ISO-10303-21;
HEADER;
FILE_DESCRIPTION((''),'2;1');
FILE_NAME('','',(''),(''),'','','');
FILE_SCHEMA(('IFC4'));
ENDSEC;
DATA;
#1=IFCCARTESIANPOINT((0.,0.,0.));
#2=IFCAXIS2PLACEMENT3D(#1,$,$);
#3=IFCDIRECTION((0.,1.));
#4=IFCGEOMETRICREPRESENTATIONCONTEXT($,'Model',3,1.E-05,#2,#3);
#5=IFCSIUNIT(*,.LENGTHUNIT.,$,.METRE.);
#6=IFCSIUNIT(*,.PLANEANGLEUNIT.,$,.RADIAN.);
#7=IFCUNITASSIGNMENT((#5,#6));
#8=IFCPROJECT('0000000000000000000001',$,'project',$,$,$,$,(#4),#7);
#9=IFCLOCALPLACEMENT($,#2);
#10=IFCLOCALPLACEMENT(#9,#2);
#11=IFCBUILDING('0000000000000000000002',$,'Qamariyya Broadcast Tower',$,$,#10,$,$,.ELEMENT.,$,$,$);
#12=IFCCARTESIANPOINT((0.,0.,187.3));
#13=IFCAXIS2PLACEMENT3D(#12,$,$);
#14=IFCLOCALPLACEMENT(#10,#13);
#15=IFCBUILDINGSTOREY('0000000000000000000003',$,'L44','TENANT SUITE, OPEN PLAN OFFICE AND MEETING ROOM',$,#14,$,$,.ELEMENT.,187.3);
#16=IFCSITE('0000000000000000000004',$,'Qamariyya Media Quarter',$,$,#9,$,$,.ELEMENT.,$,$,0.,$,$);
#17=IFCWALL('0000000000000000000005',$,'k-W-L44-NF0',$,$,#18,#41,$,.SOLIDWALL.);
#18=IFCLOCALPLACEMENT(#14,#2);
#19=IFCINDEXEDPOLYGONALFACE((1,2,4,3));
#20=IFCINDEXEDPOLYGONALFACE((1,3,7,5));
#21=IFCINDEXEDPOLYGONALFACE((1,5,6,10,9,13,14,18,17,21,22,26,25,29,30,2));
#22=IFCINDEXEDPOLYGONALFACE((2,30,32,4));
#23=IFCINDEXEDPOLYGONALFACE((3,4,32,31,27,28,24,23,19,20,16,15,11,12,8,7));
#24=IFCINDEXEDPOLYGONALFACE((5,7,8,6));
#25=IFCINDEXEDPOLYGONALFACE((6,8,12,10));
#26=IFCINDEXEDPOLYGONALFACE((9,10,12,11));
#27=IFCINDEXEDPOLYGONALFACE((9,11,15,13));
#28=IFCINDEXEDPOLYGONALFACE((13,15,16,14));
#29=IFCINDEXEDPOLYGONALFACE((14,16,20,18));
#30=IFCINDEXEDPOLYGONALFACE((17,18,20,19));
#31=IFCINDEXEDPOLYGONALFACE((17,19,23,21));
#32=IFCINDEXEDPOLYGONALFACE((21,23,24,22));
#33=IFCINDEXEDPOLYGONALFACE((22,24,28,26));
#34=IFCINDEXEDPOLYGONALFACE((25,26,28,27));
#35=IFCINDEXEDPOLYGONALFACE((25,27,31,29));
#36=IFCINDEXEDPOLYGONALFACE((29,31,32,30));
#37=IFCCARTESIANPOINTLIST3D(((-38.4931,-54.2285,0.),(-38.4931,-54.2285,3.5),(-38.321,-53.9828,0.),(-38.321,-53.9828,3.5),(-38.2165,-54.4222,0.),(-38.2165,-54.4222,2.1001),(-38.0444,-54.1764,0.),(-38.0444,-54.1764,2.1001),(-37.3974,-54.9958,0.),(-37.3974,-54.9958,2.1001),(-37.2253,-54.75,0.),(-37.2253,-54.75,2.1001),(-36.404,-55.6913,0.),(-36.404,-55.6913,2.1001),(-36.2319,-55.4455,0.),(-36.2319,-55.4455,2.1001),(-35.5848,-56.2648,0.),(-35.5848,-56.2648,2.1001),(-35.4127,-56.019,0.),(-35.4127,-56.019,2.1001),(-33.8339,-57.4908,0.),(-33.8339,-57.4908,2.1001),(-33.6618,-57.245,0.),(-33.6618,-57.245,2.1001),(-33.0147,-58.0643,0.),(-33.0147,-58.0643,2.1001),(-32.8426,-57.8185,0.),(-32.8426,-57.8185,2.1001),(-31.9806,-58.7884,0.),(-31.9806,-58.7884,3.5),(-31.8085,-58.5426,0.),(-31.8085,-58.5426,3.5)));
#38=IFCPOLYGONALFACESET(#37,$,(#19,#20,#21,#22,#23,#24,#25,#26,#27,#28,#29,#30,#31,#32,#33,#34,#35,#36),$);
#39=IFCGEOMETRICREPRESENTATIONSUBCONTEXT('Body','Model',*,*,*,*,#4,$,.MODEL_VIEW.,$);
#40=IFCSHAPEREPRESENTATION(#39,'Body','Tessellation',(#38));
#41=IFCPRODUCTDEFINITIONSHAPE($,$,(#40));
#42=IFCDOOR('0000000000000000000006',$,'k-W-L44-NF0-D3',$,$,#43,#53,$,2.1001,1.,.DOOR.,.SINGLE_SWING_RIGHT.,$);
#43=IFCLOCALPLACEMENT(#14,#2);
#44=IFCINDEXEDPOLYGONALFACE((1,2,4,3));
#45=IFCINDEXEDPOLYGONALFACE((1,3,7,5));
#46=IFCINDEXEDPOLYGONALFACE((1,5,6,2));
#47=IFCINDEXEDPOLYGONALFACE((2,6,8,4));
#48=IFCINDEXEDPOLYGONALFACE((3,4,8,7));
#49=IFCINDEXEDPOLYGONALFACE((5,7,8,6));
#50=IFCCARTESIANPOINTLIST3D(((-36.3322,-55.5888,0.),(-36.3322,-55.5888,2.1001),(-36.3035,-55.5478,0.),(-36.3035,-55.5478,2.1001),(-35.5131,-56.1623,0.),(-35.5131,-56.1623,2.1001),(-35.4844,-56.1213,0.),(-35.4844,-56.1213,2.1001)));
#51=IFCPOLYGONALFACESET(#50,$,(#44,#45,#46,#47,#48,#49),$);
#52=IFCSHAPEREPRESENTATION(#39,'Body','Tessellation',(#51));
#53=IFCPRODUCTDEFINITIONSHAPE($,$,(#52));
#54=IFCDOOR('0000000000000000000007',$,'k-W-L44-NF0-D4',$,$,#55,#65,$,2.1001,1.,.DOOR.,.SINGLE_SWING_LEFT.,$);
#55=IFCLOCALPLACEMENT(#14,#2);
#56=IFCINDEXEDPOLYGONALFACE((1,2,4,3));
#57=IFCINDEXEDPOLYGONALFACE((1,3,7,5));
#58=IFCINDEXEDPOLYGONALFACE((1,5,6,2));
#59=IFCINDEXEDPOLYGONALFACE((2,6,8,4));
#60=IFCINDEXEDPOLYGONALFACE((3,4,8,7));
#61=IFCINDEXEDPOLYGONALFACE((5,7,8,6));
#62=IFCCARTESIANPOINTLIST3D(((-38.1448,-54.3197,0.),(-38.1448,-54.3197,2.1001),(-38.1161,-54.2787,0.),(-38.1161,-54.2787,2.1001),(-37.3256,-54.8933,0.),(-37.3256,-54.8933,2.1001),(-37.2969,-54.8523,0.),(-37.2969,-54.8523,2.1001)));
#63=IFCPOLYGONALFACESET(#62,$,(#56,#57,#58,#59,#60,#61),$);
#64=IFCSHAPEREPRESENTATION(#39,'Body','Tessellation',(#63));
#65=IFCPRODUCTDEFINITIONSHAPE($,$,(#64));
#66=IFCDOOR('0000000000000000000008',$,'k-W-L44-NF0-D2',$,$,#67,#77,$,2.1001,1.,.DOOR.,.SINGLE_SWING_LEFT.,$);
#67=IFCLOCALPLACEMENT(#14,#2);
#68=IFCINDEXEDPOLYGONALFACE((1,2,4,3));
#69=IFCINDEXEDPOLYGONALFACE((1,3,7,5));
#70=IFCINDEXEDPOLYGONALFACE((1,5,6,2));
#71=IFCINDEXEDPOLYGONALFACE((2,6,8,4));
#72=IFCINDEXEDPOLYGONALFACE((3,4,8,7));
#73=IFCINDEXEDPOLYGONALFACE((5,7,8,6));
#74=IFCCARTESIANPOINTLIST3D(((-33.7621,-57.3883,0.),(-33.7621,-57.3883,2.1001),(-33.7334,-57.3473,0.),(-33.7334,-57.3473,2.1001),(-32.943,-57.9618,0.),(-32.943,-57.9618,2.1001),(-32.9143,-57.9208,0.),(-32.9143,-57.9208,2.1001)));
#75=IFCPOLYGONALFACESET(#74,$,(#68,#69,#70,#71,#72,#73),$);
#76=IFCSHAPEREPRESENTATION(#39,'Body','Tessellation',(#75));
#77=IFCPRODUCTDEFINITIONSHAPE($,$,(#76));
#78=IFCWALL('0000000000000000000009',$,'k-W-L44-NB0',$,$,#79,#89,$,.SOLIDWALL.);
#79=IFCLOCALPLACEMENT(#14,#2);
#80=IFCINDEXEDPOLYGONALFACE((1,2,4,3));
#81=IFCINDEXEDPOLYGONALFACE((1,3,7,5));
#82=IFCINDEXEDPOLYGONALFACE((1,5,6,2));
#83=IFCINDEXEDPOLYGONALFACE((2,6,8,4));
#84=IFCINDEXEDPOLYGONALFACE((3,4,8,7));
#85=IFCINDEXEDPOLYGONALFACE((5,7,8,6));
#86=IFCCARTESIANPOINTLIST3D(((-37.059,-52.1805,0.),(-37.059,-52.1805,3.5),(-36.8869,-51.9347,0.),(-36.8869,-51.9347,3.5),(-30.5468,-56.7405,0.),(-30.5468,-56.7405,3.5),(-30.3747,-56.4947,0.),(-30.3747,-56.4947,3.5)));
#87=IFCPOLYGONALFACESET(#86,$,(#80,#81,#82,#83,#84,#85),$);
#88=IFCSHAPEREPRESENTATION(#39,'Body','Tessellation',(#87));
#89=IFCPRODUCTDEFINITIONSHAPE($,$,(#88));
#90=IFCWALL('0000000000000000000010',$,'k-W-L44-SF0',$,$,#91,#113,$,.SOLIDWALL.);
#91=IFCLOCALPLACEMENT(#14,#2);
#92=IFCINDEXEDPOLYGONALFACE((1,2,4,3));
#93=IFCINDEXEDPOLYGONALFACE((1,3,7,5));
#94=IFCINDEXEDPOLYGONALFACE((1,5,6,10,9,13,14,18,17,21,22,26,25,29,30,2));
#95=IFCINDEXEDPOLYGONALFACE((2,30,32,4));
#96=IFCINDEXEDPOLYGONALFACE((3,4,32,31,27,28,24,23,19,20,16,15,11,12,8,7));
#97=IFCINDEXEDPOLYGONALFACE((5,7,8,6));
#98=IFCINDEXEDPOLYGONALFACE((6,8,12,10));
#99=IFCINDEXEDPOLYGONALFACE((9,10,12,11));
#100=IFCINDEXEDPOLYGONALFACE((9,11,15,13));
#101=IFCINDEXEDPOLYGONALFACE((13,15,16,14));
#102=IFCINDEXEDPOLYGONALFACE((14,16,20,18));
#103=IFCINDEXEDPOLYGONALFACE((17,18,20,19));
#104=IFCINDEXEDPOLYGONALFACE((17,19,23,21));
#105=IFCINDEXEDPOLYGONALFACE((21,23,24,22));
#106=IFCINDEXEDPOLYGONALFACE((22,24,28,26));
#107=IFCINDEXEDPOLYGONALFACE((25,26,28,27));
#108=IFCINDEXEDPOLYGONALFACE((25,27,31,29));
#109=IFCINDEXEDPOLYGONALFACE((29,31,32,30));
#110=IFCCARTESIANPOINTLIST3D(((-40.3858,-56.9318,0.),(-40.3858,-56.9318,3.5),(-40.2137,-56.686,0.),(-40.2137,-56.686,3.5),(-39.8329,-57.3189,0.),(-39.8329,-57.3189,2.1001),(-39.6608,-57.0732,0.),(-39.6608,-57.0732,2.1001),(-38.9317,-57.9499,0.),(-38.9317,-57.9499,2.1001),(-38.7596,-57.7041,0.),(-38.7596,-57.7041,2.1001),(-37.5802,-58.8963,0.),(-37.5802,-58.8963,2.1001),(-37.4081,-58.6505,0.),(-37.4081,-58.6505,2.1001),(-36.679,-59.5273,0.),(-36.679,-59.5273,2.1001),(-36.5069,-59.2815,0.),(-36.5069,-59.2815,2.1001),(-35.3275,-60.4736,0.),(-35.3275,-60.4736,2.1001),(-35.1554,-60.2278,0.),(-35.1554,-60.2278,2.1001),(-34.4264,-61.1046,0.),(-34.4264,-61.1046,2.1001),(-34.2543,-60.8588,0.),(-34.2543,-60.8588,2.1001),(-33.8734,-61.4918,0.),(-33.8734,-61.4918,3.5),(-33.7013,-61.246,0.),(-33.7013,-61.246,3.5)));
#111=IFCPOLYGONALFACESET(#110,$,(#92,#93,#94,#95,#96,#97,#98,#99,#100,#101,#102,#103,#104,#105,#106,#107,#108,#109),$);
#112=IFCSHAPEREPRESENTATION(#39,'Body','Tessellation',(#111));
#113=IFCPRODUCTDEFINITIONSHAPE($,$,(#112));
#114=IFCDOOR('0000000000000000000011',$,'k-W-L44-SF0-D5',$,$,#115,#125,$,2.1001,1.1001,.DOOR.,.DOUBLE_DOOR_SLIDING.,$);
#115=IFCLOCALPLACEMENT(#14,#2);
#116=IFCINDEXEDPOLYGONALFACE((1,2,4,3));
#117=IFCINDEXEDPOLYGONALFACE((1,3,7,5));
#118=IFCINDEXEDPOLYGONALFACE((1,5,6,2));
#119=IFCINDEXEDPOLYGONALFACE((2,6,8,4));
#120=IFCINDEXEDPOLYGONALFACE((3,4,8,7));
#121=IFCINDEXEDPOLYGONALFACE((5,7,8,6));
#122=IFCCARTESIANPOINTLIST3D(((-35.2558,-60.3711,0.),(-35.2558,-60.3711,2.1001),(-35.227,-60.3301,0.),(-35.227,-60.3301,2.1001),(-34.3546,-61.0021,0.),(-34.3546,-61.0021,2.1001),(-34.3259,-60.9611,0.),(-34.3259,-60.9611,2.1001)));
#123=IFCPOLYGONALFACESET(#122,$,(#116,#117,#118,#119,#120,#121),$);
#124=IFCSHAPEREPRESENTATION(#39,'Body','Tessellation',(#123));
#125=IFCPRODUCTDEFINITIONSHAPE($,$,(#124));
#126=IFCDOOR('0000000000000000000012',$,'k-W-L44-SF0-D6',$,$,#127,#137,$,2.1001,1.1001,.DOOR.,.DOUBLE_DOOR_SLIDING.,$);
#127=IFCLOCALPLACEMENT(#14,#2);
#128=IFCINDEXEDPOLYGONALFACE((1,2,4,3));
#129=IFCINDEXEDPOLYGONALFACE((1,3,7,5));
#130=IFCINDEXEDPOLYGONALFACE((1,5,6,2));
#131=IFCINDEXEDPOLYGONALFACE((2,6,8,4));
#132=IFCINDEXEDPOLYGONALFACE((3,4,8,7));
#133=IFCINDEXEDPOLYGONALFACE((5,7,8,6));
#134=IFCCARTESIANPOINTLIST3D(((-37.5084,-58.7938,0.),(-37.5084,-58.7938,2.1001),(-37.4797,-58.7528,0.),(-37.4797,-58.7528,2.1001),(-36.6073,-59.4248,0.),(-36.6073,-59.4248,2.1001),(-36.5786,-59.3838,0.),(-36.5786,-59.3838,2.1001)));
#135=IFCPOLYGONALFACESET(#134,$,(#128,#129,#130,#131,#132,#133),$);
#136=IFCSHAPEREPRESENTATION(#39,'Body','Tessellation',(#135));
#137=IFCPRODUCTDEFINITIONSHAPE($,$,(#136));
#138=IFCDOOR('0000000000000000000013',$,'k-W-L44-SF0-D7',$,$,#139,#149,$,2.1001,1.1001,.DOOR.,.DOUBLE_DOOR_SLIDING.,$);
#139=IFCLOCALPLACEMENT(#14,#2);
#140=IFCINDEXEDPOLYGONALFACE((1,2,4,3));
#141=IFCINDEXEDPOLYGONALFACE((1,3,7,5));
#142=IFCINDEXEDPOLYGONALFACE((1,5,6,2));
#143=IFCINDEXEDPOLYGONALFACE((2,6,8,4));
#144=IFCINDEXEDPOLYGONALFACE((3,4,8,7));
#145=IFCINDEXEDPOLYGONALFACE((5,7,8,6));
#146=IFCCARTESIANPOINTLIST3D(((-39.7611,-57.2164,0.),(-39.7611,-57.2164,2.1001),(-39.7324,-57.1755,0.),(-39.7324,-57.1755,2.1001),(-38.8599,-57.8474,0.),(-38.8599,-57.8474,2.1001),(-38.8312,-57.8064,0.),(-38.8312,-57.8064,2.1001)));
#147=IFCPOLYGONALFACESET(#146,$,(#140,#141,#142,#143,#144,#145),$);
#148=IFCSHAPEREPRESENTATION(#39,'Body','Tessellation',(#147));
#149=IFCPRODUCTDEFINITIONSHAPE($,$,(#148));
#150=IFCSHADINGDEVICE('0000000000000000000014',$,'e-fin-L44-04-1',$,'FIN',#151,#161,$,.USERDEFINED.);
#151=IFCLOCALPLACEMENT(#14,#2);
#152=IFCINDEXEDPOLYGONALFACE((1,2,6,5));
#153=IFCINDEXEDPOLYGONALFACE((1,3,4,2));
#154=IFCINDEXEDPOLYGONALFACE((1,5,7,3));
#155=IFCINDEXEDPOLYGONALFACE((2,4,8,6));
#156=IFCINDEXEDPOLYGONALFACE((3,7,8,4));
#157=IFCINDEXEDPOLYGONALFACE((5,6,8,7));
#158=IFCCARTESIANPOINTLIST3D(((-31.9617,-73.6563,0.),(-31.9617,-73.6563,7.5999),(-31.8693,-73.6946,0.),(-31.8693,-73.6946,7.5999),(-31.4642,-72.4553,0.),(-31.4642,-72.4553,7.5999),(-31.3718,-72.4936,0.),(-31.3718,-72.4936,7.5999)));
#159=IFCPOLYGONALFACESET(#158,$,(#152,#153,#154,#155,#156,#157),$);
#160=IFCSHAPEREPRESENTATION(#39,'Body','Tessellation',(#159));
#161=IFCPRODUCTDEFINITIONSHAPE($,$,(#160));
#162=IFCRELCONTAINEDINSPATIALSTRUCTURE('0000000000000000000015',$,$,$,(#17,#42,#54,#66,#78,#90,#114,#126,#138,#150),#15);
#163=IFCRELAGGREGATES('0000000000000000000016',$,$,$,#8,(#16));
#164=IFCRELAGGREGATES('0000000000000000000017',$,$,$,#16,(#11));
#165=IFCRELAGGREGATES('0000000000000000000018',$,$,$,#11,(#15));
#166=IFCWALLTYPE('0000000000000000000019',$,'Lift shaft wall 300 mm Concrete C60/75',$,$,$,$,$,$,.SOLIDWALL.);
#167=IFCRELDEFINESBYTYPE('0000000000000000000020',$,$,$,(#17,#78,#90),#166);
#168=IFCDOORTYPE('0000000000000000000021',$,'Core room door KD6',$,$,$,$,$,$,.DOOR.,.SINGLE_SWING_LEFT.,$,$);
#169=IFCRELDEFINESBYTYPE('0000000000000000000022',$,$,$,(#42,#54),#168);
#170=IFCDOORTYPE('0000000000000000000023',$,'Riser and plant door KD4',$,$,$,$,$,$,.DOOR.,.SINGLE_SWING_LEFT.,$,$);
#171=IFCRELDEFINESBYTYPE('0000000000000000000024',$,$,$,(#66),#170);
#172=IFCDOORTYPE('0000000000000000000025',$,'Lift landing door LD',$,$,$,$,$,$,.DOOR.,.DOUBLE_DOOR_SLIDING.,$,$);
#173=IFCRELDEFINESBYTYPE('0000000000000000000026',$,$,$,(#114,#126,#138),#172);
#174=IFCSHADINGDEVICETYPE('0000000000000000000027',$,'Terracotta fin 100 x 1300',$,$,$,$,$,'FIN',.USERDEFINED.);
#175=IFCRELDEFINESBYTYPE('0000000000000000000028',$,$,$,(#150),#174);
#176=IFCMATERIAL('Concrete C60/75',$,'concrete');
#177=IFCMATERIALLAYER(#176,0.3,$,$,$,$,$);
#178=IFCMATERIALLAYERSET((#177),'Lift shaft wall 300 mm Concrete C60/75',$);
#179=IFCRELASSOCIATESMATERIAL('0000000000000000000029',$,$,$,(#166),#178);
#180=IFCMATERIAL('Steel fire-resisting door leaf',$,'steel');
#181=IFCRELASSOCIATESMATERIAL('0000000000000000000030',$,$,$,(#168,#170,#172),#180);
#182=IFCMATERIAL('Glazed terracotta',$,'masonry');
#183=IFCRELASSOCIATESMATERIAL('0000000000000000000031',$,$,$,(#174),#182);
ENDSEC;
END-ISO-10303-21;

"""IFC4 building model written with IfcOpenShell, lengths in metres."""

from ifc_helpers import new_model, si_unit, direction, frame, frame_2d, origin, origin_2d, place, context, subcontext, project, spatial, rectangle, extrude, material, layer, layer_set, material_profile, profile_set, type_object, element, fill, save


model = new_model("IFC4")

# Units and contexts
model_context = context("Model", 3, precision=1e-05, world=origin(), true_north=direction((0.0, 1.0)))
body_context = subcontext(model_context, "Body", "Model", "MODEL_VIEW")
ifc_project = project(units=[si_unit("LENGTHUNIT", "METRE"), si_unit("PLANEANGLEUNIT", "RADIAN")], contexts=[model_context])

# Site, building, storey
site_placement = place(None, origin())
site = spatial("IfcSite", under=ifc_project, at=site_placement, Name="Qamariyya Media Quarter", CompositionType="ELEMENT", RefElevation=0.0)
building_placement = place(site_placement, origin())
building = spatial("IfcBuilding", under=site, at=building_placement, Name="Qamariyya Broadcast Tower", CompositionType="ELEMENT")
storey_placement = place(building_placement, frame((0.0, 0.0, 187.3)))
storey = spatial("IfcBuildingStorey", under=building, at=storey_placement, Name="L44", Description="TENANT SUITE, OPEN PLAN OFFICE AND MEETING ROOM", CompositionType="ELEMENT", Elevation=187.3)

# Shared definitions
ifc_material_1 = material(Name="Concrete C60/75", Category="concrete")

# Wall, openings, doors
ifc_layer_1 = layer(ifc_material_1, 0.3)
ifc_layer_set_1 = layer_set([ifc_layer_1], Name="Lift shaft wall 300 mm Concrete C60/75")
wall_type_1 = type_object("IfcWallType", Name="Lift shaft wall 300 mm Concrete C60/75", PredefinedType="SOLIDWALL", material=ifc_layer_set_1)
wall_1_placement = place(storey_placement, frame((-31.8945, -58.6655, 0.0), z_axis=(0.0, 0.0, 1.0), x_axis=(-0.819167, 0.573555, 0.0)))
wall_1 = element("IfcWall", 1, at=wall_1_placement, inside=storey, type_object=wall_type_1, Name="k-W-L44-NF0", PredefinedType="SOLIDWALL", context=body_context, shape_type="SweptSolid", body=[
    extrude(rectangle(XDim=7.9502, YDim=0.3, at=frame_2d((3.9751, 0.0))), origin(), (0.0, 0.0, 1.0), 3.5),
])
opening_1_placement = place(wall_1_placement, frame((1.2625, 0.0, 0.0)))
opening_1 = element("IfcOpeningElement", 2, at=opening_1_placement, cuts=wall_1, PredefinedType="OPENING", context=body_context, shape_type="SweptSolid", body=[
    extrude(rectangle(XDim=1.0, YDim=2.1001, at=frame_2d((0.5, 1.05))), frame((0.0, 0.1599, 0.0), z_axis=(0.0, -1.0, 0.0), x_axis=(1.0, 0.0, 0.0)), (0.0, 0.0, 1.0), 0.3201),
])
opening_2_placement = place(wall_1_placement, frame((4.3999, 0.0, 0.0)))
opening_2 = element("IfcOpeningElement", 3, at=opening_2_placement, cuts=wall_1, PredefinedType="OPENING", context=body_context, shape_type="SweptSolid", body=[
    extrude(rectangle(XDim=1.0, YDim=2.1001, at=frame_2d((0.5, 1.05))), frame((0.0, 0.1599, 0.0), z_axis=(0.0, -1.0, 0.0), x_axis=(1.0, 0.0, 0.0)), (0.0, 0.0, 1.0), 0.3201),
])
opening_3_placement = place(wall_1_placement, frame((6.6125, 0.0, 0.0)))
opening_3 = element("IfcOpeningElement", 4, at=opening_3_placement, cuts=wall_1, PredefinedType="OPENING", context=body_context, shape_type="SweptSolid", body=[
    extrude(rectangle(XDim=1.0, YDim=2.1001, at=frame_2d((0.5, 1.05))), frame((0.0, 0.1599, 0.0), z_axis=(0.0, -1.0, 0.0), x_axis=(1.0, 0.0, 0.0)), (0.0, 0.0, 1.0), 0.3201),
])
ifc_material_2 = material(Name="Steel fire-resisting door leaf", Category="steel")
door_type_1 = type_object("IfcDoorType", Name="Core room door KD6", OperationType="SINGLE_SWING_LEFT", PredefinedType="DOOR", material=ifc_material_2)
door_1_placement = place(opening_2_placement, origin())
door_1 = element("IfcDoor", 5, at=door_1_placement, inside=storey, type_object=door_type_1, Name="k-W-L44-NF0-D3", OperationType="SINGLE_SWING_RIGHT", OverallHeight=2.1001, OverallWidth=1.0, PredefinedType="DOOR", context=body_context, shape_type="SweptSolid", body=[
    extrude(rectangle(XDim=1.0, YDim=2.1001, at=frame_2d((0.5, 1.05))), frame((0.0, 0.0249, 0.0), z_axis=(0.0, -1.0, 0.0), x_axis=(1.0, 0.0, 0.0)), (0.0, 0.0, 1.0), 0.05),
])
fill(opening_2, door_1)
door_2_placement = place(opening_3_placement, origin())
door_2 = element("IfcDoor", 6, at=door_2_placement, inside=storey, type_object=door_type_1, Name="k-W-L44-NF0-D4", OperationType="SINGLE_SWING_LEFT", OverallHeight=2.1001, OverallWidth=1.0, PredefinedType="DOOR", context=body_context, shape_type="SweptSolid", body=[
    extrude(rectangle(XDim=1.0, YDim=2.1001, at=frame_2d((0.5, 1.05))), frame((0.0, 0.0249, 0.0), z_axis=(0.0, -1.0, 0.0), x_axis=(1.0, 0.0, 0.0)), (0.0, 0.0, 1.0), 0.05),
])
fill(opening_3, door_2)
door_type_2 = type_object("IfcDoorType", Name="Riser and plant door KD4", OperationType="SINGLE_SWING_LEFT", PredefinedType="DOOR", material=ifc_material_2)
door_3_placement = place(opening_1_placement, origin())
door_3 = element("IfcDoor", 7, at=door_3_placement, inside=storey, type_object=door_type_2, Name="k-W-L44-NF0-D2", OperationType="SINGLE_SWING_LEFT", OverallHeight=2.1001, OverallWidth=1.0, PredefinedType="DOOR", context=body_context, shape_type="SweptSolid", body=[
    extrude(rectangle(XDim=1.0, YDim=2.1001, at=frame_2d((0.5, 1.05))), frame((0.0, 0.0249, 0.0), z_axis=(0.0, -1.0, 0.0), x_axis=(1.0, 0.0, 0.0)), (0.0, 0.0, 1.0), 0.05),
])
fill(opening_1, door_3)

# Wall
wall_2_placement = place(storey_placement, frame((-30.4607, -56.6177, 0.0), z_axis=(0.0, 0.0, 1.0), x_axis=(-0.819142, 0.57359, 0.0)))
element("IfcWall", 8, at=wall_2_placement, inside=storey, type_object=wall_type_1, Name="k-W-L44-NB0", PredefinedType="SOLIDWALL", context=body_context, shape_type="SweptSolid", body=[
    extrude(rectangle(XDim=7.95, YDim=0.3, at=frame_2d((3.9751, 0.0))), origin(), (0.0, 0.0, 1.0), 3.5),
])

# Wall, openings, doors
wall_3_placement = place(storey_placement, frame((-33.7874, -61.3689, 0.0), z_axis=(0.0, 0.0, 1.0), x_axis=(-0.819153, 0.573576, 0.0)))
wall_3 = element("IfcWall", 9, at=wall_3_placement, inside=storey, type_object=wall_type_1, Name="k-W-L44-SF0", PredefinedType="SOLIDWALL", context=body_context, shape_type="SweptSolid", body=[
    extrude(rectangle(XDim=7.9502, YDim=0.3, at=frame_2d((3.9751, 0.0))), origin(), (0.0, 0.0, 1.0), 3.5),
])
opening_4_placement = place(wall_3_placement, frame((0.675, 0.0, 0.0)))
opening_4 = element("IfcOpeningElement", 10, at=opening_4_placement, cuts=wall_3, PredefinedType="OPENING", context=body_context, shape_type="SweptSolid", body=[
    extrude(rectangle(XDim=1.1001, YDim=2.1001, at=frame_2d((0.55, 1.05))), frame((0.0, 0.1599, 0.0), z_axis=(0.0, -1.0, 0.0), x_axis=(1.0, 0.0, 0.0)), (0.0, 0.0, 1.0), 0.3201),
])
opening_5_placement = place(wall_3_placement, frame((3.425, 0.0, 0.0)))
opening_5 = element("IfcOpeningElement", 11, at=opening_5_placement, cuts=wall_3, PredefinedType="OPENING", context=body_context, shape_type="SweptSolid", body=[
    extrude(rectangle(XDim=1.1001, YDim=2.1001, at=frame_2d((0.55, 1.05))), frame((0.0, 0.1599, 0.0), z_axis=(0.0, -1.0, 0.0), x_axis=(1.0, 0.0, 0.0)), (0.0, 0.0, 1.0), 0.3201),
])
opening_6_placement = place(wall_3_placement, frame((6.175, 0.0, 0.0)))
opening_6 = element("IfcOpeningElement", 12, at=opening_6_placement, cuts=wall_3, PredefinedType="OPENING", context=body_context, shape_type="SweptSolid", body=[
    extrude(rectangle(XDim=1.1001, YDim=2.1001, at=frame_2d((0.55, 1.05))), frame((0.0, 0.1599, 0.0), z_axis=(0.0, -1.0, 0.0), x_axis=(1.0, 0.0, 0.0)), (0.0, 0.0, 1.0), 0.3201),
])
door_type_3 = type_object("IfcDoorType", Name="Lift landing door LD", OperationType="DOUBLE_DOOR_SLIDING", PredefinedType="DOOR", material=ifc_material_2)
door_4_placement = place(opening_4_placement, origin())
door_4 = element("IfcDoor", 13, at=door_4_placement, inside=storey, type_object=door_type_3, Name="k-W-L44-SF0-D5", OperationType="DOUBLE_DOOR_SLIDING", OverallHeight=2.1001, OverallWidth=1.1001, PredefinedType="DOOR", context=body_context, shape_type="SweptSolid", body=[
    extrude(rectangle(XDim=1.1001, YDim=2.1001, at=frame_2d((0.55, 1.05))), frame((0.0, 0.0249, 0.0), z_axis=(0.0, -1.0, 0.0), x_axis=(1.0, 0.0, 0.0)), (0.0, 0.0, 1.0), 0.05),
])
fill(opening_4, door_4)
door_5_placement = place(opening_5_placement, origin())
door_5 = element("IfcDoor", 14, at=door_5_placement, inside=storey, type_object=door_type_3, Name="k-W-L44-SF0-D6", OperationType="DOUBLE_DOOR_SLIDING", OverallHeight=2.1001, OverallWidth=1.1001, PredefinedType="DOOR", context=body_context, shape_type="SweptSolid", body=[
    extrude(rectangle(XDim=1.1001, YDim=2.1001, at=frame_2d((0.55, 1.05))), frame((0.0, 0.0249, 0.0), z_axis=(0.0, -1.0, 0.0), x_axis=(1.0, 0.0, 0.0)), (0.0, 0.0, 1.0), 0.05),
])
fill(opening_5, door_5)
door_6_placement = place(opening_6_placement, origin())
door_6 = element("IfcDoor", 15, at=door_6_placement, inside=storey, type_object=door_type_3, Name="k-W-L44-SF0-D7", OperationType="DOUBLE_DOOR_SLIDING", OverallHeight=2.1001, OverallWidth=1.1001, PredefinedType="DOOR", context=body_context, shape_type="SweptSolid", body=[
    extrude(rectangle(XDim=1.1001, YDim=2.1001, at=frame_2d((0.55, 1.05))), frame((0.0, 0.0249, 0.0), z_axis=(0.0, -1.0, 0.0), x_axis=(1.0, 0.0, 0.0)), (0.0, 0.0, 1.0), 0.05),
])
fill(opening_6, door_6)

# Shading device
ifc_material_3 = material(Name="Glazed terracotta", Category="masonry")
ifc_material_profile_1 = material_profile(ifc_material_3, rectangle(XDim=1.3, YDim=0.1001, at=origin_2d()))
ifc_profile_set_1 = profile_set([ifc_material_profile_1], Name="Glazed terracotta")
shading_device_type_1 = type_object("IfcShadingDeviceType", Name="Terracotta fin 100 x 1300", ElementType="FIN", PredefinedType="USERDEFINED", material=ifc_profile_set_1)
for number, where, z_axis, x_axis, name in (
    (16, (-31.6667, -73.075, 0.0), (0.0, 0.0, 1.0), (-0.382683, -0.92388, 0.0), "e-fin-L44-04-1"),
):
    element("IfcShadingDevice", number, at=place(storey_placement, frame(where, z_axis=z_axis, x_axis=x_axis)), inside=storey, type_object=shading_device_type_1, Name=name, ObjectType="FIN", PredefinedType="USERDEFINED", context=body_context, shape_type="SweptSolid", body=[
        extrude(rectangle(XDim=1.3, YDim=0.1001, at=origin_2d()), origin(), (0.0, 0.0, 1.0), 7.5999),
    ])

save(model, "model.ifc")
